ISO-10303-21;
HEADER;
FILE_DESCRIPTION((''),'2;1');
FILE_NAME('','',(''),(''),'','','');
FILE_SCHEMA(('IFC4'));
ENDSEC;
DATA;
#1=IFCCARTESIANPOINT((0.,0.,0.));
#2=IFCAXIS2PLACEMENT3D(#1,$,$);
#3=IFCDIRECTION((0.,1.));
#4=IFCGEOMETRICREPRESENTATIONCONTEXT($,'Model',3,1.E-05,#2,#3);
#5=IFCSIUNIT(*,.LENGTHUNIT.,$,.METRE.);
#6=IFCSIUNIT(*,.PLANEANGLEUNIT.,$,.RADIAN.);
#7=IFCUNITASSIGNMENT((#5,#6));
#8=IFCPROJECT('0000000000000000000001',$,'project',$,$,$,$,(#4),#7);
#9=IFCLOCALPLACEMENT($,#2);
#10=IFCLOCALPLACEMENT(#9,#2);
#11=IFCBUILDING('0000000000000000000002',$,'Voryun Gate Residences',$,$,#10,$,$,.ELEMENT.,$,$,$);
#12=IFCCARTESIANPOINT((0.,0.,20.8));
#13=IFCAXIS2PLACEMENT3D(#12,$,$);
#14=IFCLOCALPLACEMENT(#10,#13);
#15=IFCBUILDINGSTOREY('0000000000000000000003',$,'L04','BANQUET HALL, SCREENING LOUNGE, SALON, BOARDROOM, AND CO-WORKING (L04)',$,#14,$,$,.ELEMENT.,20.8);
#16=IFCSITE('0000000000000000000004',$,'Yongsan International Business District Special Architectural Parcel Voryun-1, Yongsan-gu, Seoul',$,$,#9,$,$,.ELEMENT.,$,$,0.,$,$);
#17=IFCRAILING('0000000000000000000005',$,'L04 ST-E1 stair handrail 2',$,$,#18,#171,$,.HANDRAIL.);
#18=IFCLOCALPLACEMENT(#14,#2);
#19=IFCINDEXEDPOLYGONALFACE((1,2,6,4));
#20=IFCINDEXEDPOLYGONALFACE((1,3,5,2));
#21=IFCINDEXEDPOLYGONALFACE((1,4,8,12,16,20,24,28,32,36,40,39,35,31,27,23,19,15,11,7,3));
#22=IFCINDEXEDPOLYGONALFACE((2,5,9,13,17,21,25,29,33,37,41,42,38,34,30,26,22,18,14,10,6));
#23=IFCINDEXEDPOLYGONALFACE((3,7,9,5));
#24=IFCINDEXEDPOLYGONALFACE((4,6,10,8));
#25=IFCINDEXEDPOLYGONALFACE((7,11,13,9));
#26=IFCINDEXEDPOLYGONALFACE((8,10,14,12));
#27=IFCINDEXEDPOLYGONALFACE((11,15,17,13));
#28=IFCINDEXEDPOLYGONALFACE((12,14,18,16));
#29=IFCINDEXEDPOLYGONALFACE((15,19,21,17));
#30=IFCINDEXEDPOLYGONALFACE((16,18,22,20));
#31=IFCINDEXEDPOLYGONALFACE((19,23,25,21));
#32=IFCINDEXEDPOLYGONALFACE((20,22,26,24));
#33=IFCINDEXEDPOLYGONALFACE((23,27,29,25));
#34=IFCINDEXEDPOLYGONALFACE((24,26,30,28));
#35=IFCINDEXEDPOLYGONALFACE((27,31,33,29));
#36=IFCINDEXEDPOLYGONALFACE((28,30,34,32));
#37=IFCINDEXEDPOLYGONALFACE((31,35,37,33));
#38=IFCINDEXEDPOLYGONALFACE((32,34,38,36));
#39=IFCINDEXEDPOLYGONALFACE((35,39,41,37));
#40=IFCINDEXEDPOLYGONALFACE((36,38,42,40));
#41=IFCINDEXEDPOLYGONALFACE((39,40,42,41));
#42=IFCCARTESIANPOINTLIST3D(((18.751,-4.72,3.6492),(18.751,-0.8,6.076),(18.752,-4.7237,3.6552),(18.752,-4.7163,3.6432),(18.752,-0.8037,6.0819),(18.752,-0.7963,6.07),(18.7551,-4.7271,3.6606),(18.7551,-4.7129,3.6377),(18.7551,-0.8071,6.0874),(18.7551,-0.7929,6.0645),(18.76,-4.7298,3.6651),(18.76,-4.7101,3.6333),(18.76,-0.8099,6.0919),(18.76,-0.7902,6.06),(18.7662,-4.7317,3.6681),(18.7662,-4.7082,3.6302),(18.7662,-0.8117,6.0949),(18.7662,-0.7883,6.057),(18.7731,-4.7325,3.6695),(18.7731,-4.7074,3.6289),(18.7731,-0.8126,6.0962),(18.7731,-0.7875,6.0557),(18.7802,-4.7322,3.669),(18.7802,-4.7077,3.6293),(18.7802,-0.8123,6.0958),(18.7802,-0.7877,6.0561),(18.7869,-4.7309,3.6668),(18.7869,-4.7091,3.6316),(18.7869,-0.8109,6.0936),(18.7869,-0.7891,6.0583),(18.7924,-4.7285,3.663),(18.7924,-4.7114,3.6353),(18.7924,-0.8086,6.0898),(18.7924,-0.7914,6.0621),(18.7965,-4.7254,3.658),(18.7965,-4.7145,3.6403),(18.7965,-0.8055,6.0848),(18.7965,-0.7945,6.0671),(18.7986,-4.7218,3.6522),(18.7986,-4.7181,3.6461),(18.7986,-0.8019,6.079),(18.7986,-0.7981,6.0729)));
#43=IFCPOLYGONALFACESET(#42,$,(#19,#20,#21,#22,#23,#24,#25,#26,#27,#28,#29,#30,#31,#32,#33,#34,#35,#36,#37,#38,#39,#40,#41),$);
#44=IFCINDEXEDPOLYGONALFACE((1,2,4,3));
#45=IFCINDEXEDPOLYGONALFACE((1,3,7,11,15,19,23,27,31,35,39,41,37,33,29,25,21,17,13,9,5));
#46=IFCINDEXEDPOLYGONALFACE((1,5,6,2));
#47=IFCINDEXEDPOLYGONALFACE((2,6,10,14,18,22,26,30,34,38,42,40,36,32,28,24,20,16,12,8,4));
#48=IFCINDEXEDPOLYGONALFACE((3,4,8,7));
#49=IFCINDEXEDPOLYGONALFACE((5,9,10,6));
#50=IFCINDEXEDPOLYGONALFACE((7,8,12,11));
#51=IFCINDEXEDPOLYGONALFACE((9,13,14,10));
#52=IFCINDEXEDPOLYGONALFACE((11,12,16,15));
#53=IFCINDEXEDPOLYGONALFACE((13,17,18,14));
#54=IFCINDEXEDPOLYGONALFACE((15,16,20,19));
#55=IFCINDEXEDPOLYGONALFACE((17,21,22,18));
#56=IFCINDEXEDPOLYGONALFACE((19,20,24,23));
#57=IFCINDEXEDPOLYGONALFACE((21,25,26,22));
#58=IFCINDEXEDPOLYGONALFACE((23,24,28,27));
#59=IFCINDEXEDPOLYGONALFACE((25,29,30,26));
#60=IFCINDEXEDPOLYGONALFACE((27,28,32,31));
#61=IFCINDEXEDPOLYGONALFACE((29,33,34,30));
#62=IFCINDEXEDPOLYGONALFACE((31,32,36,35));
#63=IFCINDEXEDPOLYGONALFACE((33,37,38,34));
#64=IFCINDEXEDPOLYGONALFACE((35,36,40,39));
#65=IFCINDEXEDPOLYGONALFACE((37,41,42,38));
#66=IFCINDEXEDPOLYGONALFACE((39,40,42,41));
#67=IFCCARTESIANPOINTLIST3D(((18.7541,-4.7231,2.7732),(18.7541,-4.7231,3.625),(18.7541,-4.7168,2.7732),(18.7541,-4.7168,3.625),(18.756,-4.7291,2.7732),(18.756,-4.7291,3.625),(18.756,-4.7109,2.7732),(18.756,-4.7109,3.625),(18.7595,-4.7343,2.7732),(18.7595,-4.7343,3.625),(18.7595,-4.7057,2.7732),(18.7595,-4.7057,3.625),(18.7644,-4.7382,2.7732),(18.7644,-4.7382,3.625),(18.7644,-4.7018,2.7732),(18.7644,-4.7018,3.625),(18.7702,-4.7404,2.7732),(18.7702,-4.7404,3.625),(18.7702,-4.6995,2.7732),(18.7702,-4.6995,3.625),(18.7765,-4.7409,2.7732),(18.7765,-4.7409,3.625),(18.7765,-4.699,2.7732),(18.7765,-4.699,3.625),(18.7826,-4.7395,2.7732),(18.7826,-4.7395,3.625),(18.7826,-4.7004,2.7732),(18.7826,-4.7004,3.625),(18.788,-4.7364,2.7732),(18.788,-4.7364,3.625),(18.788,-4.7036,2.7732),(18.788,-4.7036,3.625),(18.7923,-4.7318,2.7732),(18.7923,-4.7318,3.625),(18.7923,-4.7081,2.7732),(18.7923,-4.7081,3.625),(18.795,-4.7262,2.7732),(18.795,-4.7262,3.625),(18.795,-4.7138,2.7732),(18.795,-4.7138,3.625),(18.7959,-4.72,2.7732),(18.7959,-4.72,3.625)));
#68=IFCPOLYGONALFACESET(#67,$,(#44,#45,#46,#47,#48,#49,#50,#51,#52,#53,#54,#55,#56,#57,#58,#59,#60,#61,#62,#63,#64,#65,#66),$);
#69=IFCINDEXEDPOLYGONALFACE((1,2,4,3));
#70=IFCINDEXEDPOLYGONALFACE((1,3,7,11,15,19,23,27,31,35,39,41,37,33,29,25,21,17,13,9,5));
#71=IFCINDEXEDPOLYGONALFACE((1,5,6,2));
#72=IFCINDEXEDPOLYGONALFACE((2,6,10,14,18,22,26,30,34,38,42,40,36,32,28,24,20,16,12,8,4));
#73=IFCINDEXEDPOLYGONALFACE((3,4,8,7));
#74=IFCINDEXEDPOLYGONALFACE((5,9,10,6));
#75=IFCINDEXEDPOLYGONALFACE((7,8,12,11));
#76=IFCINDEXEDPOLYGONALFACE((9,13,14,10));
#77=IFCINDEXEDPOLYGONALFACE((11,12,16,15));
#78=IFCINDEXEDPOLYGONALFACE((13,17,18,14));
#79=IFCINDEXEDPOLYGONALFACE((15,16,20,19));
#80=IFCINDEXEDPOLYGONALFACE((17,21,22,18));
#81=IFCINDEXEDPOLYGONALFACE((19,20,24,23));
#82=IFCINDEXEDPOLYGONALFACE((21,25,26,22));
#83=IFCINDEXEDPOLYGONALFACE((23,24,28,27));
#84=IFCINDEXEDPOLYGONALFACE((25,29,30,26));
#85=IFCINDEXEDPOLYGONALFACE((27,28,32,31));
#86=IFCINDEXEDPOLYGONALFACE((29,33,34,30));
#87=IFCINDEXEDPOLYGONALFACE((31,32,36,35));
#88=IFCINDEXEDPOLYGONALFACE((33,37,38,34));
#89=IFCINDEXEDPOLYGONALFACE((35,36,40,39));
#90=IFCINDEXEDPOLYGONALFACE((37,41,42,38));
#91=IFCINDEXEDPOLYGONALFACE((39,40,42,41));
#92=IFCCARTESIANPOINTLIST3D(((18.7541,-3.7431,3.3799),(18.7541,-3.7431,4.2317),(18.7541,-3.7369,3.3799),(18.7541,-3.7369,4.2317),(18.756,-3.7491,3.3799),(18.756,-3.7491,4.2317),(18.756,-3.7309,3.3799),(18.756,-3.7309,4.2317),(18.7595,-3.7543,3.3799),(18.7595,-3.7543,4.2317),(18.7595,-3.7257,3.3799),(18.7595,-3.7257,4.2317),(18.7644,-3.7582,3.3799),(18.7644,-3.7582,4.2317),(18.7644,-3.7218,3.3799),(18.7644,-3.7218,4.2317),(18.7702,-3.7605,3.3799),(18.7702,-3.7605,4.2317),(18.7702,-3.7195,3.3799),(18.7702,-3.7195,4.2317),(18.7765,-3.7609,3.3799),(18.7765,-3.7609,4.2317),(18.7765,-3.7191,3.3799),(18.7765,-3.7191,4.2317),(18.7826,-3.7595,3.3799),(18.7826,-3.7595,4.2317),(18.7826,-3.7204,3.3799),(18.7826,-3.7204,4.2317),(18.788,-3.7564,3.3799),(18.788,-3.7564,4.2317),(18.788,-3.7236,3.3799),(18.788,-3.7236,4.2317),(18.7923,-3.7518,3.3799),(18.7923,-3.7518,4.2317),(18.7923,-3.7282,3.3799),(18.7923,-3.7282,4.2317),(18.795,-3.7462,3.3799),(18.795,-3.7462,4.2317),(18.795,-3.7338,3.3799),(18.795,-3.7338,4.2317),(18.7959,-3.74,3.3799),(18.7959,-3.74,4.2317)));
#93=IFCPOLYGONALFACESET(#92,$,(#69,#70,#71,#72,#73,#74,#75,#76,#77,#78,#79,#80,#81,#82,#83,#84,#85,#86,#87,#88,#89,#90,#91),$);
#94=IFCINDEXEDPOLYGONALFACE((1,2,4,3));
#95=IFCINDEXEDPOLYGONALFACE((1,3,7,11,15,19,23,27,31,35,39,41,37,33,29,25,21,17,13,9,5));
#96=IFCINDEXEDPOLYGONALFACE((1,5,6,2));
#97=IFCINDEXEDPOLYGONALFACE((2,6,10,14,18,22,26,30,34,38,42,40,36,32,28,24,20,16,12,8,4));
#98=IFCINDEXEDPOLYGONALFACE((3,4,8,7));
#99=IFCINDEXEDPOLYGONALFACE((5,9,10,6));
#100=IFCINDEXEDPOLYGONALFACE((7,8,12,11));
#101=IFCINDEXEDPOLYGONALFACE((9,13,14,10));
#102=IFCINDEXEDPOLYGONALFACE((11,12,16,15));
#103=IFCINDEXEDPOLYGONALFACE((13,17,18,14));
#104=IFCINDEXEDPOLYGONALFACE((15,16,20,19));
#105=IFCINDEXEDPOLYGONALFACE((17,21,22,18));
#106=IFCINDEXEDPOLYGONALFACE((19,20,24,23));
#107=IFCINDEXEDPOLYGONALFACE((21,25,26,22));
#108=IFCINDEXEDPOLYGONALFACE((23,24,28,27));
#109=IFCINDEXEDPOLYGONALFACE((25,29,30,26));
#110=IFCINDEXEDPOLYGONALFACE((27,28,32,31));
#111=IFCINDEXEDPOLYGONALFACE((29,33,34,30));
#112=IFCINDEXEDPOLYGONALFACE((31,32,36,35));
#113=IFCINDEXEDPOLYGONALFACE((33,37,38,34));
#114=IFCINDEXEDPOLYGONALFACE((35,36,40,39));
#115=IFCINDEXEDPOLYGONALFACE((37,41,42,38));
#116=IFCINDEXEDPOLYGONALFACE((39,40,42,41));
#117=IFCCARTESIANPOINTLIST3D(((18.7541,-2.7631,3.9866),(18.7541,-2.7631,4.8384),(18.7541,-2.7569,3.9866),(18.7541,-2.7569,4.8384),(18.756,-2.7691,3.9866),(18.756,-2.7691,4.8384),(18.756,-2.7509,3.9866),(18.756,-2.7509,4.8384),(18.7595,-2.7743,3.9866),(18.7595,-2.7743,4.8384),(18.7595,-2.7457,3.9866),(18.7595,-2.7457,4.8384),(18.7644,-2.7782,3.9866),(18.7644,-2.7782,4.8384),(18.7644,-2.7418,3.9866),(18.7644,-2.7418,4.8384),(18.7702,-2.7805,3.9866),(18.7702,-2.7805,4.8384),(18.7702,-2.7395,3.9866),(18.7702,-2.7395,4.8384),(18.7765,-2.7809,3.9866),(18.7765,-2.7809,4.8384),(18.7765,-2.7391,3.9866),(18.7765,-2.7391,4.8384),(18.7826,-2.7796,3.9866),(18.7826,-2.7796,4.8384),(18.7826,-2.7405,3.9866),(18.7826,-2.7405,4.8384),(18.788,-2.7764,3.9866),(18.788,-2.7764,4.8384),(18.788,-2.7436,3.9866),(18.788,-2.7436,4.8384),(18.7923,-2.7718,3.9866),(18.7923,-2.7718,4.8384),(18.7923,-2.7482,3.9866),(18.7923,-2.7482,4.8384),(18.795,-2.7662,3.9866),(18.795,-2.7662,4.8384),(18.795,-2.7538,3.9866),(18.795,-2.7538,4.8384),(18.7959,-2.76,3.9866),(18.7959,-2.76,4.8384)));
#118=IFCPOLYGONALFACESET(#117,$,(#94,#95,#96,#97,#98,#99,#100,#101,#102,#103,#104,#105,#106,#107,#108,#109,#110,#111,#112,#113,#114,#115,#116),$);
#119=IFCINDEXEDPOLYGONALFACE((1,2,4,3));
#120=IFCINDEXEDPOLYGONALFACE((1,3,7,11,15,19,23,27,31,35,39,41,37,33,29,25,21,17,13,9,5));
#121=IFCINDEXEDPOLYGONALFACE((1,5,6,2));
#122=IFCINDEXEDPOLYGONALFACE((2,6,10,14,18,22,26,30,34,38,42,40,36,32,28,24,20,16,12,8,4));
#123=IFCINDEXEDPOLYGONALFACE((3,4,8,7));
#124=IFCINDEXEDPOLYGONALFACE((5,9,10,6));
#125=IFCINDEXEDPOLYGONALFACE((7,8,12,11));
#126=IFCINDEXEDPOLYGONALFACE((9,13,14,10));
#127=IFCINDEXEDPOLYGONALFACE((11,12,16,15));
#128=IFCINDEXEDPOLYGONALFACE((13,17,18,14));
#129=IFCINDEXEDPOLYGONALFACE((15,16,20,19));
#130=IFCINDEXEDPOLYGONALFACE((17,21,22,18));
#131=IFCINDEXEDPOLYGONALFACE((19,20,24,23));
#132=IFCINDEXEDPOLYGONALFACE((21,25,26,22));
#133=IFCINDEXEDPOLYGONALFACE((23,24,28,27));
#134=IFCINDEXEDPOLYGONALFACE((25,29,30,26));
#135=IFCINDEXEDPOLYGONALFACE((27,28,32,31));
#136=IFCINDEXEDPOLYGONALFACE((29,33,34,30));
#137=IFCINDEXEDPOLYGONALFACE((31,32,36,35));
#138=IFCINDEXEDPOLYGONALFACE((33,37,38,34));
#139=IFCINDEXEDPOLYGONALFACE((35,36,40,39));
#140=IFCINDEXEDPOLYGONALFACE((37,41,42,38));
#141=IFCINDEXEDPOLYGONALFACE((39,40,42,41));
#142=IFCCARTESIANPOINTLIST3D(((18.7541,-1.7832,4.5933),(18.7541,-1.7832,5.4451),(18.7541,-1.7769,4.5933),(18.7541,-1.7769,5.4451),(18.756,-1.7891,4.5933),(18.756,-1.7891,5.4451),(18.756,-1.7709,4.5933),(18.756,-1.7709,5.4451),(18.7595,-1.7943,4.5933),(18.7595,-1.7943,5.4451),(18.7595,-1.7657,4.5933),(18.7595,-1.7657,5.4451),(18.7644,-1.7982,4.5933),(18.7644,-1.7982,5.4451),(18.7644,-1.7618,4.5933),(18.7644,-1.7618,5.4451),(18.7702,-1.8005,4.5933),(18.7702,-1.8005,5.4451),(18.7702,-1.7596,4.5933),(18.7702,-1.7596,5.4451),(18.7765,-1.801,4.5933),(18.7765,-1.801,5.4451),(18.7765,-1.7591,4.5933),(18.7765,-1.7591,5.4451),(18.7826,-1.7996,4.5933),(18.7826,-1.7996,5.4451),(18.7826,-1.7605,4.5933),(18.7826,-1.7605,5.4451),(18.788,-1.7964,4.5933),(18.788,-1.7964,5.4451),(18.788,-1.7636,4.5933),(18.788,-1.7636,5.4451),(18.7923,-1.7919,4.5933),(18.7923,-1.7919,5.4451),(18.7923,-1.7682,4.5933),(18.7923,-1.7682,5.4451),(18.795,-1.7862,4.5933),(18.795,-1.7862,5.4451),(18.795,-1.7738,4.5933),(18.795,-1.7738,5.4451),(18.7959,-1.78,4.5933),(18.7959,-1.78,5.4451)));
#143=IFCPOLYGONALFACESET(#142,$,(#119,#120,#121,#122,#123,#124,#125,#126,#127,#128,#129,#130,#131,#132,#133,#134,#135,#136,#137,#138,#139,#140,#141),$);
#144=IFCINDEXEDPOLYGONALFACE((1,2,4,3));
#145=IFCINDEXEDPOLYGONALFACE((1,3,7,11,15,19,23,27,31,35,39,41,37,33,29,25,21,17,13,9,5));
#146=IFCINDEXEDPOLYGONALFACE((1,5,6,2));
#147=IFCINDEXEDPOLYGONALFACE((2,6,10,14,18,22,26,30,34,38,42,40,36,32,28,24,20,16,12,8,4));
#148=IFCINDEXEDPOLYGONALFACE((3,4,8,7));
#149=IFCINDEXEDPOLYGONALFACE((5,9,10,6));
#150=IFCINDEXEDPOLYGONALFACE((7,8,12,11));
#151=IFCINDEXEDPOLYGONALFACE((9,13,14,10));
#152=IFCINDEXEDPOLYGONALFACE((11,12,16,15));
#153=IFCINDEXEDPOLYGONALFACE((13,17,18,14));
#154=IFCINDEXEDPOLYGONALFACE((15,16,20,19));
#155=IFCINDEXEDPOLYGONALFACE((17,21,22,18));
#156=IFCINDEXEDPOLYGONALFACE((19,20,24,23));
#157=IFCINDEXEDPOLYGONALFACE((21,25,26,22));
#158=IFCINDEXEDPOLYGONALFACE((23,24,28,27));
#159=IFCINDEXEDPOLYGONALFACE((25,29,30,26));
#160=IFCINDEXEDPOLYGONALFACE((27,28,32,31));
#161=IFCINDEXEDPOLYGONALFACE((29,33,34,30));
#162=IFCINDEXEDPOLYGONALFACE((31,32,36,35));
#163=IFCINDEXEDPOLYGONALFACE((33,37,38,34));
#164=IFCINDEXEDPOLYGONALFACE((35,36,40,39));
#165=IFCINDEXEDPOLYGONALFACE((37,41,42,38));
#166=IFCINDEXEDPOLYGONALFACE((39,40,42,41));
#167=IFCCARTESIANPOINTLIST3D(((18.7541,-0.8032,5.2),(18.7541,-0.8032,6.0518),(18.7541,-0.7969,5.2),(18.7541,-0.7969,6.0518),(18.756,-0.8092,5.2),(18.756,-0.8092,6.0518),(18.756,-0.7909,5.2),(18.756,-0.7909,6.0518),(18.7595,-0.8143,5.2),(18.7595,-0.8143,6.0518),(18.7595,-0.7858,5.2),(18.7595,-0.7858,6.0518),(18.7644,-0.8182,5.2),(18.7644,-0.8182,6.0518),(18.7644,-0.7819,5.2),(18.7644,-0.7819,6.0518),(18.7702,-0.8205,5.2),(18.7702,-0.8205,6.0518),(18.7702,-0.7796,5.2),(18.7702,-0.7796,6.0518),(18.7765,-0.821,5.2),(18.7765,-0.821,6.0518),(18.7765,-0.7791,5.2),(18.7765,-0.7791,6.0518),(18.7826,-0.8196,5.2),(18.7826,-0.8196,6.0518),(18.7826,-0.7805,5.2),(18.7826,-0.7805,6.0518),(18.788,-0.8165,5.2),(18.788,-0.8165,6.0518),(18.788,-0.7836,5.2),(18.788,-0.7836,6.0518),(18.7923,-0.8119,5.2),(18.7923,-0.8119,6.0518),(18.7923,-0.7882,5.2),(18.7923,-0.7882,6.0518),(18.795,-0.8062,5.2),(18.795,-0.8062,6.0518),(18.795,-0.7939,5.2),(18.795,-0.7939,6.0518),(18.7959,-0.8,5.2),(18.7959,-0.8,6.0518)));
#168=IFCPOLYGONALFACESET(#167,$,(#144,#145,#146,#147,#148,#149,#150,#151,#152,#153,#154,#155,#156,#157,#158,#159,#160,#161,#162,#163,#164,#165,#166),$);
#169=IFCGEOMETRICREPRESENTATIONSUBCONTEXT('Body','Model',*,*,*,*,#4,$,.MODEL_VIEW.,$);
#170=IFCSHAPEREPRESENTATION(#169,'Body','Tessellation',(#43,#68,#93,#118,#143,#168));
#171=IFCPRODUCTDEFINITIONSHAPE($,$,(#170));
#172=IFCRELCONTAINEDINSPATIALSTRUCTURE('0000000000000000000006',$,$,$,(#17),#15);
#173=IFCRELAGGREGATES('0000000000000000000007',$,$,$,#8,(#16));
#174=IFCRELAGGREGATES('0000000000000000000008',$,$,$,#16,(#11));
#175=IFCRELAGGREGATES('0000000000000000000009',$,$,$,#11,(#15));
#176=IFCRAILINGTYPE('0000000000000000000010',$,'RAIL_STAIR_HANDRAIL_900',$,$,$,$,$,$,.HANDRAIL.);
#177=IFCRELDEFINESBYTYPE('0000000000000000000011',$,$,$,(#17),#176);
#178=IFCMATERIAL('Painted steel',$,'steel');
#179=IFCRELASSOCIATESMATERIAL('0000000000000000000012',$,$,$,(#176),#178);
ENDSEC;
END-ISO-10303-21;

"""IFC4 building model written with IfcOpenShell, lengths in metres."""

from ifc_helpers import new_model, si_unit, direction, frame, origin, origin_2d, place, context, subcontext, project, spatial, circle, extrude, material, type_object, element, save


model = new_model("IFC4")

# Units and contexts
model_context = context("Model", 3, precision=1e-05, world=origin(), true_north=direction((0.0, 1.0)))
body_context = subcontext(model_context, "Body", "Model", "MODEL_VIEW")
ifc_project = project(units=[si_unit("LENGTHUNIT", "METRE"), si_unit("PLANEANGLEUNIT", "RADIAN")], contexts=[model_context])

# Site, building, storey
site_placement = place(None, origin())
site = spatial("IfcSite", under=ifc_project, at=site_placement, Name="Yongsan International Business District Special Architectural Parcel Voryun-1, Yongsan-gu, Seoul", CompositionType="ELEMENT", RefElevation=0.0)
building_placement = place(site_placement, origin())
building = spatial("IfcBuilding", under=site, at=building_placement, Name="Voryun Gate Residences", CompositionType="ELEMENT")
storey_placement = place(building_placement, frame((0.0, 0.0, 20.8)))
storey = spatial("IfcBuildingStorey", under=building, at=storey_placement, Name="L04", Description="BANQUET HALL, SCREENING LOUNGE, SALON, BOARDROOM, AND CO-WORKING (L04)", CompositionType="ELEMENT", Elevation=20.8)

# Railing
ifc_material_1 = material(Name="Painted steel", Category="steel")
railing_type_1 = type_object("IfcRailingType", Name="RAIL_STAIR_HANDRAIL_900", PredefinedType="HANDRAIL", material=ifc_material_1)
railing_1_placement = place(storey_placement, frame((18.7749, -4.72, 2.7732)))
element("IfcRailing", 1, at=railing_1_placement, inside=storey, type_object=railing_type_1, Name="L04 ST-E1 stair handrail 2", PredefinedType="HANDRAIL", context=body_context, shape_type="SweptSolid", body=[
    extrude(circle(Radius=0.0239, at=origin_2d()), frame((0.0, 0.0, 0.876), z_axis=(0.0, 0.850252, 0.526376), x_axis=(-1.0, 0.0, 0.0)), (0.0, 0.0, 1.0), 4.6104),
    extrude(circle(Radius=0.021, at=origin_2d()), origin(), (0.0, 0.0, 1.0), 0.8518),
    extrude(circle(Radius=0.021, at=origin_2d()), frame((0.0, 0.98, 0.6067)), (0.0, 0.0, 1.0), 0.8518),
    extrude(circle(Radius=0.021, at=origin_2d()), frame((0.0, 1.96, 1.2134)), (0.0, 0.0, 1.0), 0.8518),
    extrude(circle(Radius=0.021, at=origin_2d()), frame((0.0, 2.9399, 1.8201)), (0.0, 0.0, 1.0), 0.8518),
    extrude(circle(Radius=0.021, at=origin_2d()), frame((0.0, 3.9199, 2.4268)), (0.0, 0.0, 1.0), 0.8518),
])

save(model, "model.ifc")
